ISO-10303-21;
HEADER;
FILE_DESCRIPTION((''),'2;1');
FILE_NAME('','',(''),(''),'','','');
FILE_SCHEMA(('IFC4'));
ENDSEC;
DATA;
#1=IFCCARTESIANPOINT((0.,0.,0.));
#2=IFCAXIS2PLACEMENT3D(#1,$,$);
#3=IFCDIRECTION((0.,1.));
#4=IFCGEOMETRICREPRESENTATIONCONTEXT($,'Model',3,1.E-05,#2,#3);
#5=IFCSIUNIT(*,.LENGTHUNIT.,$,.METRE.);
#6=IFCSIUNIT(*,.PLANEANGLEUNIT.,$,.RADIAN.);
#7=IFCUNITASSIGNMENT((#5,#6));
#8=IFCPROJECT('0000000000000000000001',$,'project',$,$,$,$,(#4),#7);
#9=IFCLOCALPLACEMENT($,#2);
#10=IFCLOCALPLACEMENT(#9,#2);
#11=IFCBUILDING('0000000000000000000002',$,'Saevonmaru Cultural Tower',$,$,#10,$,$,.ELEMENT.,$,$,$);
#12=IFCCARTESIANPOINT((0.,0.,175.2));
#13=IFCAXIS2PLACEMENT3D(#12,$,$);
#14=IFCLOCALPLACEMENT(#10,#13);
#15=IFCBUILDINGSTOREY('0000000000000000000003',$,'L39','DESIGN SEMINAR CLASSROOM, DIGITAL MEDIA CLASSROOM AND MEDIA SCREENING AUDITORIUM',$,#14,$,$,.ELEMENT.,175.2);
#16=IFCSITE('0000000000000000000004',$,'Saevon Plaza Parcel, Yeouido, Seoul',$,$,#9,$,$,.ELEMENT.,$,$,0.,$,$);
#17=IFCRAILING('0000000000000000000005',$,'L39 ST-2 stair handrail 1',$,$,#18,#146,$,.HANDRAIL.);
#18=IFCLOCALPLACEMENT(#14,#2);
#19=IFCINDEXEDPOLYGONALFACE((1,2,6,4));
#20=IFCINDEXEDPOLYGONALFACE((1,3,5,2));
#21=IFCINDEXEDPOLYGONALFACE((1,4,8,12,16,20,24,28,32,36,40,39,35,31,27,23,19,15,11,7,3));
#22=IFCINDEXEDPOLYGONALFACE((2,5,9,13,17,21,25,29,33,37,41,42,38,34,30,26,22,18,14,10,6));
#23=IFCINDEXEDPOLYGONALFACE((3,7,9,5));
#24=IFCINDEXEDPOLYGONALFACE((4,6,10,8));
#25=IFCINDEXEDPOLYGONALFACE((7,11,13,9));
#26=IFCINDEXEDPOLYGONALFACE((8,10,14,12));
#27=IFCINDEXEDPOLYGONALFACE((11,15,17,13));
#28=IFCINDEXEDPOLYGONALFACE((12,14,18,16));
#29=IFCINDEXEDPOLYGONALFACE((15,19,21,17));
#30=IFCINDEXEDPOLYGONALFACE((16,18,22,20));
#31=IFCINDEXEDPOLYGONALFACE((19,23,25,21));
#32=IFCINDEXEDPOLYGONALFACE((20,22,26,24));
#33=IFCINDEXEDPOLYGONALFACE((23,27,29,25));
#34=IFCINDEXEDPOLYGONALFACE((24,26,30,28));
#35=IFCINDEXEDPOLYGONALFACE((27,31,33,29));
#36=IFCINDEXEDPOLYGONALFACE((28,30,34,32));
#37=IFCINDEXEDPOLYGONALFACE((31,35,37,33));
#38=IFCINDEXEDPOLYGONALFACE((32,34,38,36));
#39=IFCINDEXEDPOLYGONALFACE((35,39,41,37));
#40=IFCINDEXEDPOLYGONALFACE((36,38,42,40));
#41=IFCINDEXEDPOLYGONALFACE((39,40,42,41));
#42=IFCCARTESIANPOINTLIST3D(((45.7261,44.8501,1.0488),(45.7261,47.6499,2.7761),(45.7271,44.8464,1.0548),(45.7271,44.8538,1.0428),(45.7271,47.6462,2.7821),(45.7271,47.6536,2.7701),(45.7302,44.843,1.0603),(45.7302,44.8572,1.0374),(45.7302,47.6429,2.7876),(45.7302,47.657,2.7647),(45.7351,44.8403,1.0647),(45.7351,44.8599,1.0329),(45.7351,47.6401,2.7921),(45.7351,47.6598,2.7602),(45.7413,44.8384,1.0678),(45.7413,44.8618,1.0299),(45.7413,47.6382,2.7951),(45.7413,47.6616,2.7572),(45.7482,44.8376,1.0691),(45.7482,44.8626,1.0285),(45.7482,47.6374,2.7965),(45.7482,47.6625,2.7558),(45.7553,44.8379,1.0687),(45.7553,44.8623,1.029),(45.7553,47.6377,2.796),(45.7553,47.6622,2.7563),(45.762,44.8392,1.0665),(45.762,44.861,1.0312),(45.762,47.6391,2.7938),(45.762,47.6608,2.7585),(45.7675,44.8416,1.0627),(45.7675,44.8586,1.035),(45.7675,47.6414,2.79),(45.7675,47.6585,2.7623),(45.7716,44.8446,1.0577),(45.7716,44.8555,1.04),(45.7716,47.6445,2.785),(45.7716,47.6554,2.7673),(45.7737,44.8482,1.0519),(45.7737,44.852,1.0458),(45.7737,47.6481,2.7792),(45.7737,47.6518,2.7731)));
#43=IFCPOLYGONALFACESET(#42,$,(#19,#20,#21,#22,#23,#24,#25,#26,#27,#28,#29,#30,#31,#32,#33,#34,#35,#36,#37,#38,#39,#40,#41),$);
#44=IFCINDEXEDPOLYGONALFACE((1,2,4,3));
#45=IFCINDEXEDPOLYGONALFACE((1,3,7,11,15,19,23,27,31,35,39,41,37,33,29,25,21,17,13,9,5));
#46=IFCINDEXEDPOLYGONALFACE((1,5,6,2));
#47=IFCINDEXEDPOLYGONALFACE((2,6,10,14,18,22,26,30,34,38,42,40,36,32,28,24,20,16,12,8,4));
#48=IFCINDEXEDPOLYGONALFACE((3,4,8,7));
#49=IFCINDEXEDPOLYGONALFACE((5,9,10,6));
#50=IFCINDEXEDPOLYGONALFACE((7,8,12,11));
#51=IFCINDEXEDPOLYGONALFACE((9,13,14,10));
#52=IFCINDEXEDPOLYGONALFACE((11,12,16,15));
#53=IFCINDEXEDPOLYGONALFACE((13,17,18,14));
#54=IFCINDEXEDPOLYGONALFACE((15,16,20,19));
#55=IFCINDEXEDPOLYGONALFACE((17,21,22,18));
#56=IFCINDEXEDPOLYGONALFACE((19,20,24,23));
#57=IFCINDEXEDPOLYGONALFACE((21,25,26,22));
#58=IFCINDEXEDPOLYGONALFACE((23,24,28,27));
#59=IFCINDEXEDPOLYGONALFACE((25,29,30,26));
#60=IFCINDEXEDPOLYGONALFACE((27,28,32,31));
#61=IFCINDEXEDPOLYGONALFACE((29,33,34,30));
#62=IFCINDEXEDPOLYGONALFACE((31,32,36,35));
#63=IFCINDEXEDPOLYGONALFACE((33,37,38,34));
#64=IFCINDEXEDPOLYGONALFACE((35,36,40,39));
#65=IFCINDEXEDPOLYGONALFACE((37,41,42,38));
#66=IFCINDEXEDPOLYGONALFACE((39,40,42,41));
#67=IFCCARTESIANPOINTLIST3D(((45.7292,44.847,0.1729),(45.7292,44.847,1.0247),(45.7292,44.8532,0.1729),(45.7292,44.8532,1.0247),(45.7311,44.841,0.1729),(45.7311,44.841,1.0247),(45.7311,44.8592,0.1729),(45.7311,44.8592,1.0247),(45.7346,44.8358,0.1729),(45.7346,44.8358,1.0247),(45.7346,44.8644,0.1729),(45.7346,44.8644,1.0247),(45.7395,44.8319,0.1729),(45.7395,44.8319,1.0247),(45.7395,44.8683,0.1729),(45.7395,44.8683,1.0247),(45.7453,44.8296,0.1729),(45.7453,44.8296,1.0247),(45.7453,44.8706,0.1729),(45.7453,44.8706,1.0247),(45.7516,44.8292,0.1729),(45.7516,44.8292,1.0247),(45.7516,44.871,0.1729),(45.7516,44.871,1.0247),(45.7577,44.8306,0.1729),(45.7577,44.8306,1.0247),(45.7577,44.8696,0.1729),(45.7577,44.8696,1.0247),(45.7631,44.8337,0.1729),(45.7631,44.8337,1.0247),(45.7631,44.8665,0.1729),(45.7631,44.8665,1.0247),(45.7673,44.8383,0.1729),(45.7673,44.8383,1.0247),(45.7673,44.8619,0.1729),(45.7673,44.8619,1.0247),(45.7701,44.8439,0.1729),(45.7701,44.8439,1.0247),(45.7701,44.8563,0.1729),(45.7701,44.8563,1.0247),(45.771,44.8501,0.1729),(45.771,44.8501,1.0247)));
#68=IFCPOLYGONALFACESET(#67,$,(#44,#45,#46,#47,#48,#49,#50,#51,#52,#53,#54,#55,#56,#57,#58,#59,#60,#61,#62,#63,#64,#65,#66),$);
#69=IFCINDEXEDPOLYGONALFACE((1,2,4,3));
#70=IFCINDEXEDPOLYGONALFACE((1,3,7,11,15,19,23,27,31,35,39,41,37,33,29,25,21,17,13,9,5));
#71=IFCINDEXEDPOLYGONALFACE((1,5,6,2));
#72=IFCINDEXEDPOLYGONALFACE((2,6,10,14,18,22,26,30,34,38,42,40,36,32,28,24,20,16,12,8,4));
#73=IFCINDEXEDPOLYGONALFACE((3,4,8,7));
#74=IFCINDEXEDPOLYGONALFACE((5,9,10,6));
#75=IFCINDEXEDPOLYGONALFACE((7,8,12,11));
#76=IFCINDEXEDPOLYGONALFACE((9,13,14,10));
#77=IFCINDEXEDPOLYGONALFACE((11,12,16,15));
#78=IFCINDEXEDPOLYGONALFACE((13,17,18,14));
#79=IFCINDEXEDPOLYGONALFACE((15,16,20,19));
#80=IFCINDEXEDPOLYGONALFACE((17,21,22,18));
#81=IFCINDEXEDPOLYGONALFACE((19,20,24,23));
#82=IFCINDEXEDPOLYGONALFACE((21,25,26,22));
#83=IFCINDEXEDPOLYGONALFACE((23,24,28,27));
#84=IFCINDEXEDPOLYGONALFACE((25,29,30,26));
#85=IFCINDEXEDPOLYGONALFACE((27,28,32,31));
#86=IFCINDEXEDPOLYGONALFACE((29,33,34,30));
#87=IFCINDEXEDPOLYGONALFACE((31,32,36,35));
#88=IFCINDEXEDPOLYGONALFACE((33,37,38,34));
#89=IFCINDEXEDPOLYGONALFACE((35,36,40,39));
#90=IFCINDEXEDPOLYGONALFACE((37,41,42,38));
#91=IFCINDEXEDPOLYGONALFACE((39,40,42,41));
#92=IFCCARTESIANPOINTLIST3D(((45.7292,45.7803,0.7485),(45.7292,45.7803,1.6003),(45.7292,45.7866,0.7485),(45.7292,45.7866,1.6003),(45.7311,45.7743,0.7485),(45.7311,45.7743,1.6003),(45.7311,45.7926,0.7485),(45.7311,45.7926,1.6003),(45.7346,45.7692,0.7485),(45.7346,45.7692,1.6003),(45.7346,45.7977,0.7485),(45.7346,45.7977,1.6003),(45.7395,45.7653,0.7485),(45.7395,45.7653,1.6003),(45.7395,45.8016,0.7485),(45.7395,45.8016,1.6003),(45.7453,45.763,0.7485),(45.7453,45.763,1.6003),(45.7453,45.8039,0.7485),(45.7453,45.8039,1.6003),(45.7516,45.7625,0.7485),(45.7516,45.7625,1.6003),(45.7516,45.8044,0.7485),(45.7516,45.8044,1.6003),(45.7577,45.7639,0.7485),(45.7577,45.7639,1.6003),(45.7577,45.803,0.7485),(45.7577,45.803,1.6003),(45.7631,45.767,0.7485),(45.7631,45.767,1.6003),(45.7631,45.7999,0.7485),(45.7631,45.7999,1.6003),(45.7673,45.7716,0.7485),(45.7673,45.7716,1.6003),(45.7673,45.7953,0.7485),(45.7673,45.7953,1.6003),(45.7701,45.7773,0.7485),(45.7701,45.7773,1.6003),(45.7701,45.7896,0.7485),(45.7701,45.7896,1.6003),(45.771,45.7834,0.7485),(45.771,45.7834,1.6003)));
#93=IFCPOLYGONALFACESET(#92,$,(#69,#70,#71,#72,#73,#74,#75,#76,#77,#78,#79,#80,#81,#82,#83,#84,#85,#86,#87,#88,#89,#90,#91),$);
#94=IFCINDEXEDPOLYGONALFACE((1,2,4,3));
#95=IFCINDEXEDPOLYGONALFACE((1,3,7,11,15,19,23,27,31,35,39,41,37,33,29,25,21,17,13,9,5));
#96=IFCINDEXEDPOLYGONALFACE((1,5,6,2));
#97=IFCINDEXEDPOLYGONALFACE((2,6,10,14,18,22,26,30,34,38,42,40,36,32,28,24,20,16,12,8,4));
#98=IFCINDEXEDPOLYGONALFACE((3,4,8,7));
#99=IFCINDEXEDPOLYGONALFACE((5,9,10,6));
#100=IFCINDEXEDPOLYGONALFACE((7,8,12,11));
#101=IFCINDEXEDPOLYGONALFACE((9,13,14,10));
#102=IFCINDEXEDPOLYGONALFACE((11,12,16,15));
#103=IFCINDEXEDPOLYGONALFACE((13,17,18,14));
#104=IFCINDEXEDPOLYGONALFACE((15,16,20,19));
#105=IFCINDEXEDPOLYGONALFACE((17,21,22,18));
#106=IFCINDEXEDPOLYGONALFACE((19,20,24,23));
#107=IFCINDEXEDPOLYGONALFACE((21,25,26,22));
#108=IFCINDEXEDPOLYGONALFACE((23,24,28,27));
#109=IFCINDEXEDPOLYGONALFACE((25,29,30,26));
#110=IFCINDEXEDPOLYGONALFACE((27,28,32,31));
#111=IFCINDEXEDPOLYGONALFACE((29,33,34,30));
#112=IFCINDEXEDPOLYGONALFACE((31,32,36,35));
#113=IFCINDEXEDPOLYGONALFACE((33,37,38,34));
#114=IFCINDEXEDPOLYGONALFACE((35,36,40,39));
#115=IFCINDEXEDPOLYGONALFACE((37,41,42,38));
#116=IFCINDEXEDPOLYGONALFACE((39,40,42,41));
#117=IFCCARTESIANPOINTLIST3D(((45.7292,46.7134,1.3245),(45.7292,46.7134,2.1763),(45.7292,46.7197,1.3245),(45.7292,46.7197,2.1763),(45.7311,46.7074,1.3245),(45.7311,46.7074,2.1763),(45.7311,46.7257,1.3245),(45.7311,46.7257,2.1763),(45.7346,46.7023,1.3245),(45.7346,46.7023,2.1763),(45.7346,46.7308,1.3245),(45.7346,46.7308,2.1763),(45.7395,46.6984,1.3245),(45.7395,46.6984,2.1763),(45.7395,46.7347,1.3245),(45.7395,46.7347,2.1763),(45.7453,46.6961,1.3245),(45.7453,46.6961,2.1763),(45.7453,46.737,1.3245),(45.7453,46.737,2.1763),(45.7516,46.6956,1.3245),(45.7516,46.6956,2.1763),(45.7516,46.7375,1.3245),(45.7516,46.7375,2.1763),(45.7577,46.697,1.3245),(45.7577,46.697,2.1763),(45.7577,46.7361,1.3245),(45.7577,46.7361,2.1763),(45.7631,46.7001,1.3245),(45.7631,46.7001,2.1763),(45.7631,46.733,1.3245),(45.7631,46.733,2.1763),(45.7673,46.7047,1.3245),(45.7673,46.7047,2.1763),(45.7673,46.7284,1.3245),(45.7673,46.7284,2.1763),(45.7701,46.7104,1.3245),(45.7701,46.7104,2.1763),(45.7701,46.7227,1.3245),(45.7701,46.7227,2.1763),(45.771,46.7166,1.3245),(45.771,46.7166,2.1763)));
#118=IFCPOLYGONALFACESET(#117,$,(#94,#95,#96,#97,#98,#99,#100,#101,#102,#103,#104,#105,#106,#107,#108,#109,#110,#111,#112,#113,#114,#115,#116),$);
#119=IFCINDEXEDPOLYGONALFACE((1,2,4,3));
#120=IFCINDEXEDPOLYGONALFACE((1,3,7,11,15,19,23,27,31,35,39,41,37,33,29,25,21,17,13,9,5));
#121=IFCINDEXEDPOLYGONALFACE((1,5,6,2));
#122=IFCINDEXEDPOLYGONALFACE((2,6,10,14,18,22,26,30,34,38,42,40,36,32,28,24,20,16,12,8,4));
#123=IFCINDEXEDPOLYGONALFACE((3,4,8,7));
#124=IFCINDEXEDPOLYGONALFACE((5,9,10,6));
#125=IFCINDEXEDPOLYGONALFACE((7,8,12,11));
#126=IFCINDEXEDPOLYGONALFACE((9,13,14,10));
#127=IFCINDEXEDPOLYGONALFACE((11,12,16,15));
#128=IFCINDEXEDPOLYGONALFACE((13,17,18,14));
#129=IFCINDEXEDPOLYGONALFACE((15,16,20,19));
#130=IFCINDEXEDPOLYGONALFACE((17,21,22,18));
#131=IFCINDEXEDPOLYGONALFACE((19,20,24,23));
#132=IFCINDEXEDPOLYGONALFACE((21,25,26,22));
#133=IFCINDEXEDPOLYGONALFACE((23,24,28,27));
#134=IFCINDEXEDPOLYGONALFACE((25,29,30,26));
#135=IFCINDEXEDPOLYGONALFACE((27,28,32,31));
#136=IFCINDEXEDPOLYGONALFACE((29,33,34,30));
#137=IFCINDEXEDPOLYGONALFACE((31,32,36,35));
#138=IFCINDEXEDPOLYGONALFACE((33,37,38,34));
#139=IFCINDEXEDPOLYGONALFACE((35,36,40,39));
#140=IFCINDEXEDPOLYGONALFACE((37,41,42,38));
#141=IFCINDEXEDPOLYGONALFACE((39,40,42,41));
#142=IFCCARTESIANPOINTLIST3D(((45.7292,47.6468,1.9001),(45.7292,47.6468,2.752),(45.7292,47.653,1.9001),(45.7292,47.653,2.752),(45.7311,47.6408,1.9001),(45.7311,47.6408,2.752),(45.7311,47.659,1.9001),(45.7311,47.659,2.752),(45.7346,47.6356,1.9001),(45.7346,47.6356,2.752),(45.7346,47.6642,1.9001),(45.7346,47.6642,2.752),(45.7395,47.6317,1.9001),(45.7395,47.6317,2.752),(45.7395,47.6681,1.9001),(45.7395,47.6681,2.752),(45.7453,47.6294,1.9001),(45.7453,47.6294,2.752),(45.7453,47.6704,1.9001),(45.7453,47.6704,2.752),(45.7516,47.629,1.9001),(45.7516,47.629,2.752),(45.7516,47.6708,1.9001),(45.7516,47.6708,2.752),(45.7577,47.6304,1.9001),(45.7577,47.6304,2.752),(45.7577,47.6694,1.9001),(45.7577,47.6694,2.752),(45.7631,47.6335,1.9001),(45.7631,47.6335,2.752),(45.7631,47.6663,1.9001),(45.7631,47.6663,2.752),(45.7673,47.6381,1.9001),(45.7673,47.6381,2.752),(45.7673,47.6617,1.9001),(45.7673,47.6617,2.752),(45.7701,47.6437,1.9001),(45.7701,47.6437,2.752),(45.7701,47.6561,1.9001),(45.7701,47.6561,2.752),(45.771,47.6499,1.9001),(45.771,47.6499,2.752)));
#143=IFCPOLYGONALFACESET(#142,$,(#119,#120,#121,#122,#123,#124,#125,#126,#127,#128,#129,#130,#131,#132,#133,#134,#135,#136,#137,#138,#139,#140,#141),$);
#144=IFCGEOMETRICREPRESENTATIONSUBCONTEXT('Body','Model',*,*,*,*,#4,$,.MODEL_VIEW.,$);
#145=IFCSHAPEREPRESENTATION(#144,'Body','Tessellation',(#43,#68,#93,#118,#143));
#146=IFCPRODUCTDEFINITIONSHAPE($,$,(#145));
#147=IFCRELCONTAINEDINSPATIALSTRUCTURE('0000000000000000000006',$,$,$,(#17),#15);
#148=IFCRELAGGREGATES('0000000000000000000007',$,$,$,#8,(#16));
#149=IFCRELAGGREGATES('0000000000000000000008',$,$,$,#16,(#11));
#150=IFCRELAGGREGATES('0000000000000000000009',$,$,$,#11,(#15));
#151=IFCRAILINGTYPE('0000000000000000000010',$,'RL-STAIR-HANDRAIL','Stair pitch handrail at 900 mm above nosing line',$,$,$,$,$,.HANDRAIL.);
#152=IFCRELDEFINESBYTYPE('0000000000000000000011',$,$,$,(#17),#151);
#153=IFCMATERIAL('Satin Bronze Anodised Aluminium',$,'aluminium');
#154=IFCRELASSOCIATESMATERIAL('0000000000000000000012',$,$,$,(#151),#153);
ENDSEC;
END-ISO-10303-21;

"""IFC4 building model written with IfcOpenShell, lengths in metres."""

from ifc_helpers import new_model, si_unit, direction, frame, origin, origin_2d, place, context, subcontext, project, spatial, circle, extrude, material, type_object, element, save


model = new_model("IFC4")

# Units and contexts
model_context = context("Model", 3, precision=1e-05, world=origin(), true_north=direction((0.0, 1.0)))
body_context = subcontext(model_context, "Body", "Model", "MODEL_VIEW")
ifc_project = project(units=[si_unit("LENGTHUNIT", "METRE"), si_unit("PLANEANGLEUNIT", "RADIAN")], contexts=[model_context])

# Site, building, storey
site_placement = place(None, origin())
site = spatial("IfcSite", under=ifc_project, at=site_placement, Name="Saevon Plaza Parcel, Yeouido, Seoul", CompositionType="ELEMENT", RefElevation=0.0)
building_placement = place(site_placement, origin())
building = spatial("IfcBuilding", under=site, at=building_placement, Name="Saevonmaru Cultural Tower", CompositionType="ELEMENT")
storey_placement = place(building_placement, frame((0.0, 0.0, 175.2)))
storey = spatial("IfcBuildingStorey", under=building, at=storey_placement, Name="L39", Description="DESIGN SEMINAR CLASSROOM, DIGITAL MEDIA CLASSROOM AND MEDIA SCREENING AUDITORIUM", CompositionType="ELEMENT", Elevation=175.2)

# Shared definitions
ifc_material_1 = material(Name="Satin Bronze Anodised Aluminium", Category="aluminium")

# Railing
railing_type_1 = type_object("IfcRailingType", Name="RL-STAIR-HANDRAIL", Description="Stair pitch handrail at 900 mm above nosing line", PredefinedType="HANDRAIL", material=ifc_material_1)
railing_1_placement = place(storey_placement, frame((45.75, 44.8501, 0.1729)))
element("IfcRailing", 1, at=railing_1_placement, inside=storey, type_object=railing_type_1, Name="L39 ST-2 stair handrail 1", PredefinedType="HANDRAIL", context=body_context, shape_type="SweptSolid", body=[
    extrude(circle(Radius=0.0239, at=origin_2d()), frame((0.0, 0.0, 0.876), z_axis=(0.0, 0.851069, 0.525054), x_axis=(-1.0, 0.0, 0.0)), (0.0, 0.0, 1.0), 3.2898),
    extrude(circle(Radius=0.021, at=origin_2d()), origin(), (0.0, 0.0, 1.0), 0.8518),
    extrude(circle(Radius=0.021, at=origin_2d()), frame((0.0, 0.9333, 0.5757)), (0.0, 0.0, 1.0), 0.8518),
    extrude(circle(Radius=0.021, at=origin_2d()), frame((0.0, 1.8665, 1.1516)), (0.0, 0.0, 1.0), 0.8518),
    extrude(circle(Radius=0.021, at=origin_2d()), frame((0.0, 2.7998, 1.7273)), (0.0, 0.0, 1.0), 0.8518),
])

save(model, "model.ifc")
